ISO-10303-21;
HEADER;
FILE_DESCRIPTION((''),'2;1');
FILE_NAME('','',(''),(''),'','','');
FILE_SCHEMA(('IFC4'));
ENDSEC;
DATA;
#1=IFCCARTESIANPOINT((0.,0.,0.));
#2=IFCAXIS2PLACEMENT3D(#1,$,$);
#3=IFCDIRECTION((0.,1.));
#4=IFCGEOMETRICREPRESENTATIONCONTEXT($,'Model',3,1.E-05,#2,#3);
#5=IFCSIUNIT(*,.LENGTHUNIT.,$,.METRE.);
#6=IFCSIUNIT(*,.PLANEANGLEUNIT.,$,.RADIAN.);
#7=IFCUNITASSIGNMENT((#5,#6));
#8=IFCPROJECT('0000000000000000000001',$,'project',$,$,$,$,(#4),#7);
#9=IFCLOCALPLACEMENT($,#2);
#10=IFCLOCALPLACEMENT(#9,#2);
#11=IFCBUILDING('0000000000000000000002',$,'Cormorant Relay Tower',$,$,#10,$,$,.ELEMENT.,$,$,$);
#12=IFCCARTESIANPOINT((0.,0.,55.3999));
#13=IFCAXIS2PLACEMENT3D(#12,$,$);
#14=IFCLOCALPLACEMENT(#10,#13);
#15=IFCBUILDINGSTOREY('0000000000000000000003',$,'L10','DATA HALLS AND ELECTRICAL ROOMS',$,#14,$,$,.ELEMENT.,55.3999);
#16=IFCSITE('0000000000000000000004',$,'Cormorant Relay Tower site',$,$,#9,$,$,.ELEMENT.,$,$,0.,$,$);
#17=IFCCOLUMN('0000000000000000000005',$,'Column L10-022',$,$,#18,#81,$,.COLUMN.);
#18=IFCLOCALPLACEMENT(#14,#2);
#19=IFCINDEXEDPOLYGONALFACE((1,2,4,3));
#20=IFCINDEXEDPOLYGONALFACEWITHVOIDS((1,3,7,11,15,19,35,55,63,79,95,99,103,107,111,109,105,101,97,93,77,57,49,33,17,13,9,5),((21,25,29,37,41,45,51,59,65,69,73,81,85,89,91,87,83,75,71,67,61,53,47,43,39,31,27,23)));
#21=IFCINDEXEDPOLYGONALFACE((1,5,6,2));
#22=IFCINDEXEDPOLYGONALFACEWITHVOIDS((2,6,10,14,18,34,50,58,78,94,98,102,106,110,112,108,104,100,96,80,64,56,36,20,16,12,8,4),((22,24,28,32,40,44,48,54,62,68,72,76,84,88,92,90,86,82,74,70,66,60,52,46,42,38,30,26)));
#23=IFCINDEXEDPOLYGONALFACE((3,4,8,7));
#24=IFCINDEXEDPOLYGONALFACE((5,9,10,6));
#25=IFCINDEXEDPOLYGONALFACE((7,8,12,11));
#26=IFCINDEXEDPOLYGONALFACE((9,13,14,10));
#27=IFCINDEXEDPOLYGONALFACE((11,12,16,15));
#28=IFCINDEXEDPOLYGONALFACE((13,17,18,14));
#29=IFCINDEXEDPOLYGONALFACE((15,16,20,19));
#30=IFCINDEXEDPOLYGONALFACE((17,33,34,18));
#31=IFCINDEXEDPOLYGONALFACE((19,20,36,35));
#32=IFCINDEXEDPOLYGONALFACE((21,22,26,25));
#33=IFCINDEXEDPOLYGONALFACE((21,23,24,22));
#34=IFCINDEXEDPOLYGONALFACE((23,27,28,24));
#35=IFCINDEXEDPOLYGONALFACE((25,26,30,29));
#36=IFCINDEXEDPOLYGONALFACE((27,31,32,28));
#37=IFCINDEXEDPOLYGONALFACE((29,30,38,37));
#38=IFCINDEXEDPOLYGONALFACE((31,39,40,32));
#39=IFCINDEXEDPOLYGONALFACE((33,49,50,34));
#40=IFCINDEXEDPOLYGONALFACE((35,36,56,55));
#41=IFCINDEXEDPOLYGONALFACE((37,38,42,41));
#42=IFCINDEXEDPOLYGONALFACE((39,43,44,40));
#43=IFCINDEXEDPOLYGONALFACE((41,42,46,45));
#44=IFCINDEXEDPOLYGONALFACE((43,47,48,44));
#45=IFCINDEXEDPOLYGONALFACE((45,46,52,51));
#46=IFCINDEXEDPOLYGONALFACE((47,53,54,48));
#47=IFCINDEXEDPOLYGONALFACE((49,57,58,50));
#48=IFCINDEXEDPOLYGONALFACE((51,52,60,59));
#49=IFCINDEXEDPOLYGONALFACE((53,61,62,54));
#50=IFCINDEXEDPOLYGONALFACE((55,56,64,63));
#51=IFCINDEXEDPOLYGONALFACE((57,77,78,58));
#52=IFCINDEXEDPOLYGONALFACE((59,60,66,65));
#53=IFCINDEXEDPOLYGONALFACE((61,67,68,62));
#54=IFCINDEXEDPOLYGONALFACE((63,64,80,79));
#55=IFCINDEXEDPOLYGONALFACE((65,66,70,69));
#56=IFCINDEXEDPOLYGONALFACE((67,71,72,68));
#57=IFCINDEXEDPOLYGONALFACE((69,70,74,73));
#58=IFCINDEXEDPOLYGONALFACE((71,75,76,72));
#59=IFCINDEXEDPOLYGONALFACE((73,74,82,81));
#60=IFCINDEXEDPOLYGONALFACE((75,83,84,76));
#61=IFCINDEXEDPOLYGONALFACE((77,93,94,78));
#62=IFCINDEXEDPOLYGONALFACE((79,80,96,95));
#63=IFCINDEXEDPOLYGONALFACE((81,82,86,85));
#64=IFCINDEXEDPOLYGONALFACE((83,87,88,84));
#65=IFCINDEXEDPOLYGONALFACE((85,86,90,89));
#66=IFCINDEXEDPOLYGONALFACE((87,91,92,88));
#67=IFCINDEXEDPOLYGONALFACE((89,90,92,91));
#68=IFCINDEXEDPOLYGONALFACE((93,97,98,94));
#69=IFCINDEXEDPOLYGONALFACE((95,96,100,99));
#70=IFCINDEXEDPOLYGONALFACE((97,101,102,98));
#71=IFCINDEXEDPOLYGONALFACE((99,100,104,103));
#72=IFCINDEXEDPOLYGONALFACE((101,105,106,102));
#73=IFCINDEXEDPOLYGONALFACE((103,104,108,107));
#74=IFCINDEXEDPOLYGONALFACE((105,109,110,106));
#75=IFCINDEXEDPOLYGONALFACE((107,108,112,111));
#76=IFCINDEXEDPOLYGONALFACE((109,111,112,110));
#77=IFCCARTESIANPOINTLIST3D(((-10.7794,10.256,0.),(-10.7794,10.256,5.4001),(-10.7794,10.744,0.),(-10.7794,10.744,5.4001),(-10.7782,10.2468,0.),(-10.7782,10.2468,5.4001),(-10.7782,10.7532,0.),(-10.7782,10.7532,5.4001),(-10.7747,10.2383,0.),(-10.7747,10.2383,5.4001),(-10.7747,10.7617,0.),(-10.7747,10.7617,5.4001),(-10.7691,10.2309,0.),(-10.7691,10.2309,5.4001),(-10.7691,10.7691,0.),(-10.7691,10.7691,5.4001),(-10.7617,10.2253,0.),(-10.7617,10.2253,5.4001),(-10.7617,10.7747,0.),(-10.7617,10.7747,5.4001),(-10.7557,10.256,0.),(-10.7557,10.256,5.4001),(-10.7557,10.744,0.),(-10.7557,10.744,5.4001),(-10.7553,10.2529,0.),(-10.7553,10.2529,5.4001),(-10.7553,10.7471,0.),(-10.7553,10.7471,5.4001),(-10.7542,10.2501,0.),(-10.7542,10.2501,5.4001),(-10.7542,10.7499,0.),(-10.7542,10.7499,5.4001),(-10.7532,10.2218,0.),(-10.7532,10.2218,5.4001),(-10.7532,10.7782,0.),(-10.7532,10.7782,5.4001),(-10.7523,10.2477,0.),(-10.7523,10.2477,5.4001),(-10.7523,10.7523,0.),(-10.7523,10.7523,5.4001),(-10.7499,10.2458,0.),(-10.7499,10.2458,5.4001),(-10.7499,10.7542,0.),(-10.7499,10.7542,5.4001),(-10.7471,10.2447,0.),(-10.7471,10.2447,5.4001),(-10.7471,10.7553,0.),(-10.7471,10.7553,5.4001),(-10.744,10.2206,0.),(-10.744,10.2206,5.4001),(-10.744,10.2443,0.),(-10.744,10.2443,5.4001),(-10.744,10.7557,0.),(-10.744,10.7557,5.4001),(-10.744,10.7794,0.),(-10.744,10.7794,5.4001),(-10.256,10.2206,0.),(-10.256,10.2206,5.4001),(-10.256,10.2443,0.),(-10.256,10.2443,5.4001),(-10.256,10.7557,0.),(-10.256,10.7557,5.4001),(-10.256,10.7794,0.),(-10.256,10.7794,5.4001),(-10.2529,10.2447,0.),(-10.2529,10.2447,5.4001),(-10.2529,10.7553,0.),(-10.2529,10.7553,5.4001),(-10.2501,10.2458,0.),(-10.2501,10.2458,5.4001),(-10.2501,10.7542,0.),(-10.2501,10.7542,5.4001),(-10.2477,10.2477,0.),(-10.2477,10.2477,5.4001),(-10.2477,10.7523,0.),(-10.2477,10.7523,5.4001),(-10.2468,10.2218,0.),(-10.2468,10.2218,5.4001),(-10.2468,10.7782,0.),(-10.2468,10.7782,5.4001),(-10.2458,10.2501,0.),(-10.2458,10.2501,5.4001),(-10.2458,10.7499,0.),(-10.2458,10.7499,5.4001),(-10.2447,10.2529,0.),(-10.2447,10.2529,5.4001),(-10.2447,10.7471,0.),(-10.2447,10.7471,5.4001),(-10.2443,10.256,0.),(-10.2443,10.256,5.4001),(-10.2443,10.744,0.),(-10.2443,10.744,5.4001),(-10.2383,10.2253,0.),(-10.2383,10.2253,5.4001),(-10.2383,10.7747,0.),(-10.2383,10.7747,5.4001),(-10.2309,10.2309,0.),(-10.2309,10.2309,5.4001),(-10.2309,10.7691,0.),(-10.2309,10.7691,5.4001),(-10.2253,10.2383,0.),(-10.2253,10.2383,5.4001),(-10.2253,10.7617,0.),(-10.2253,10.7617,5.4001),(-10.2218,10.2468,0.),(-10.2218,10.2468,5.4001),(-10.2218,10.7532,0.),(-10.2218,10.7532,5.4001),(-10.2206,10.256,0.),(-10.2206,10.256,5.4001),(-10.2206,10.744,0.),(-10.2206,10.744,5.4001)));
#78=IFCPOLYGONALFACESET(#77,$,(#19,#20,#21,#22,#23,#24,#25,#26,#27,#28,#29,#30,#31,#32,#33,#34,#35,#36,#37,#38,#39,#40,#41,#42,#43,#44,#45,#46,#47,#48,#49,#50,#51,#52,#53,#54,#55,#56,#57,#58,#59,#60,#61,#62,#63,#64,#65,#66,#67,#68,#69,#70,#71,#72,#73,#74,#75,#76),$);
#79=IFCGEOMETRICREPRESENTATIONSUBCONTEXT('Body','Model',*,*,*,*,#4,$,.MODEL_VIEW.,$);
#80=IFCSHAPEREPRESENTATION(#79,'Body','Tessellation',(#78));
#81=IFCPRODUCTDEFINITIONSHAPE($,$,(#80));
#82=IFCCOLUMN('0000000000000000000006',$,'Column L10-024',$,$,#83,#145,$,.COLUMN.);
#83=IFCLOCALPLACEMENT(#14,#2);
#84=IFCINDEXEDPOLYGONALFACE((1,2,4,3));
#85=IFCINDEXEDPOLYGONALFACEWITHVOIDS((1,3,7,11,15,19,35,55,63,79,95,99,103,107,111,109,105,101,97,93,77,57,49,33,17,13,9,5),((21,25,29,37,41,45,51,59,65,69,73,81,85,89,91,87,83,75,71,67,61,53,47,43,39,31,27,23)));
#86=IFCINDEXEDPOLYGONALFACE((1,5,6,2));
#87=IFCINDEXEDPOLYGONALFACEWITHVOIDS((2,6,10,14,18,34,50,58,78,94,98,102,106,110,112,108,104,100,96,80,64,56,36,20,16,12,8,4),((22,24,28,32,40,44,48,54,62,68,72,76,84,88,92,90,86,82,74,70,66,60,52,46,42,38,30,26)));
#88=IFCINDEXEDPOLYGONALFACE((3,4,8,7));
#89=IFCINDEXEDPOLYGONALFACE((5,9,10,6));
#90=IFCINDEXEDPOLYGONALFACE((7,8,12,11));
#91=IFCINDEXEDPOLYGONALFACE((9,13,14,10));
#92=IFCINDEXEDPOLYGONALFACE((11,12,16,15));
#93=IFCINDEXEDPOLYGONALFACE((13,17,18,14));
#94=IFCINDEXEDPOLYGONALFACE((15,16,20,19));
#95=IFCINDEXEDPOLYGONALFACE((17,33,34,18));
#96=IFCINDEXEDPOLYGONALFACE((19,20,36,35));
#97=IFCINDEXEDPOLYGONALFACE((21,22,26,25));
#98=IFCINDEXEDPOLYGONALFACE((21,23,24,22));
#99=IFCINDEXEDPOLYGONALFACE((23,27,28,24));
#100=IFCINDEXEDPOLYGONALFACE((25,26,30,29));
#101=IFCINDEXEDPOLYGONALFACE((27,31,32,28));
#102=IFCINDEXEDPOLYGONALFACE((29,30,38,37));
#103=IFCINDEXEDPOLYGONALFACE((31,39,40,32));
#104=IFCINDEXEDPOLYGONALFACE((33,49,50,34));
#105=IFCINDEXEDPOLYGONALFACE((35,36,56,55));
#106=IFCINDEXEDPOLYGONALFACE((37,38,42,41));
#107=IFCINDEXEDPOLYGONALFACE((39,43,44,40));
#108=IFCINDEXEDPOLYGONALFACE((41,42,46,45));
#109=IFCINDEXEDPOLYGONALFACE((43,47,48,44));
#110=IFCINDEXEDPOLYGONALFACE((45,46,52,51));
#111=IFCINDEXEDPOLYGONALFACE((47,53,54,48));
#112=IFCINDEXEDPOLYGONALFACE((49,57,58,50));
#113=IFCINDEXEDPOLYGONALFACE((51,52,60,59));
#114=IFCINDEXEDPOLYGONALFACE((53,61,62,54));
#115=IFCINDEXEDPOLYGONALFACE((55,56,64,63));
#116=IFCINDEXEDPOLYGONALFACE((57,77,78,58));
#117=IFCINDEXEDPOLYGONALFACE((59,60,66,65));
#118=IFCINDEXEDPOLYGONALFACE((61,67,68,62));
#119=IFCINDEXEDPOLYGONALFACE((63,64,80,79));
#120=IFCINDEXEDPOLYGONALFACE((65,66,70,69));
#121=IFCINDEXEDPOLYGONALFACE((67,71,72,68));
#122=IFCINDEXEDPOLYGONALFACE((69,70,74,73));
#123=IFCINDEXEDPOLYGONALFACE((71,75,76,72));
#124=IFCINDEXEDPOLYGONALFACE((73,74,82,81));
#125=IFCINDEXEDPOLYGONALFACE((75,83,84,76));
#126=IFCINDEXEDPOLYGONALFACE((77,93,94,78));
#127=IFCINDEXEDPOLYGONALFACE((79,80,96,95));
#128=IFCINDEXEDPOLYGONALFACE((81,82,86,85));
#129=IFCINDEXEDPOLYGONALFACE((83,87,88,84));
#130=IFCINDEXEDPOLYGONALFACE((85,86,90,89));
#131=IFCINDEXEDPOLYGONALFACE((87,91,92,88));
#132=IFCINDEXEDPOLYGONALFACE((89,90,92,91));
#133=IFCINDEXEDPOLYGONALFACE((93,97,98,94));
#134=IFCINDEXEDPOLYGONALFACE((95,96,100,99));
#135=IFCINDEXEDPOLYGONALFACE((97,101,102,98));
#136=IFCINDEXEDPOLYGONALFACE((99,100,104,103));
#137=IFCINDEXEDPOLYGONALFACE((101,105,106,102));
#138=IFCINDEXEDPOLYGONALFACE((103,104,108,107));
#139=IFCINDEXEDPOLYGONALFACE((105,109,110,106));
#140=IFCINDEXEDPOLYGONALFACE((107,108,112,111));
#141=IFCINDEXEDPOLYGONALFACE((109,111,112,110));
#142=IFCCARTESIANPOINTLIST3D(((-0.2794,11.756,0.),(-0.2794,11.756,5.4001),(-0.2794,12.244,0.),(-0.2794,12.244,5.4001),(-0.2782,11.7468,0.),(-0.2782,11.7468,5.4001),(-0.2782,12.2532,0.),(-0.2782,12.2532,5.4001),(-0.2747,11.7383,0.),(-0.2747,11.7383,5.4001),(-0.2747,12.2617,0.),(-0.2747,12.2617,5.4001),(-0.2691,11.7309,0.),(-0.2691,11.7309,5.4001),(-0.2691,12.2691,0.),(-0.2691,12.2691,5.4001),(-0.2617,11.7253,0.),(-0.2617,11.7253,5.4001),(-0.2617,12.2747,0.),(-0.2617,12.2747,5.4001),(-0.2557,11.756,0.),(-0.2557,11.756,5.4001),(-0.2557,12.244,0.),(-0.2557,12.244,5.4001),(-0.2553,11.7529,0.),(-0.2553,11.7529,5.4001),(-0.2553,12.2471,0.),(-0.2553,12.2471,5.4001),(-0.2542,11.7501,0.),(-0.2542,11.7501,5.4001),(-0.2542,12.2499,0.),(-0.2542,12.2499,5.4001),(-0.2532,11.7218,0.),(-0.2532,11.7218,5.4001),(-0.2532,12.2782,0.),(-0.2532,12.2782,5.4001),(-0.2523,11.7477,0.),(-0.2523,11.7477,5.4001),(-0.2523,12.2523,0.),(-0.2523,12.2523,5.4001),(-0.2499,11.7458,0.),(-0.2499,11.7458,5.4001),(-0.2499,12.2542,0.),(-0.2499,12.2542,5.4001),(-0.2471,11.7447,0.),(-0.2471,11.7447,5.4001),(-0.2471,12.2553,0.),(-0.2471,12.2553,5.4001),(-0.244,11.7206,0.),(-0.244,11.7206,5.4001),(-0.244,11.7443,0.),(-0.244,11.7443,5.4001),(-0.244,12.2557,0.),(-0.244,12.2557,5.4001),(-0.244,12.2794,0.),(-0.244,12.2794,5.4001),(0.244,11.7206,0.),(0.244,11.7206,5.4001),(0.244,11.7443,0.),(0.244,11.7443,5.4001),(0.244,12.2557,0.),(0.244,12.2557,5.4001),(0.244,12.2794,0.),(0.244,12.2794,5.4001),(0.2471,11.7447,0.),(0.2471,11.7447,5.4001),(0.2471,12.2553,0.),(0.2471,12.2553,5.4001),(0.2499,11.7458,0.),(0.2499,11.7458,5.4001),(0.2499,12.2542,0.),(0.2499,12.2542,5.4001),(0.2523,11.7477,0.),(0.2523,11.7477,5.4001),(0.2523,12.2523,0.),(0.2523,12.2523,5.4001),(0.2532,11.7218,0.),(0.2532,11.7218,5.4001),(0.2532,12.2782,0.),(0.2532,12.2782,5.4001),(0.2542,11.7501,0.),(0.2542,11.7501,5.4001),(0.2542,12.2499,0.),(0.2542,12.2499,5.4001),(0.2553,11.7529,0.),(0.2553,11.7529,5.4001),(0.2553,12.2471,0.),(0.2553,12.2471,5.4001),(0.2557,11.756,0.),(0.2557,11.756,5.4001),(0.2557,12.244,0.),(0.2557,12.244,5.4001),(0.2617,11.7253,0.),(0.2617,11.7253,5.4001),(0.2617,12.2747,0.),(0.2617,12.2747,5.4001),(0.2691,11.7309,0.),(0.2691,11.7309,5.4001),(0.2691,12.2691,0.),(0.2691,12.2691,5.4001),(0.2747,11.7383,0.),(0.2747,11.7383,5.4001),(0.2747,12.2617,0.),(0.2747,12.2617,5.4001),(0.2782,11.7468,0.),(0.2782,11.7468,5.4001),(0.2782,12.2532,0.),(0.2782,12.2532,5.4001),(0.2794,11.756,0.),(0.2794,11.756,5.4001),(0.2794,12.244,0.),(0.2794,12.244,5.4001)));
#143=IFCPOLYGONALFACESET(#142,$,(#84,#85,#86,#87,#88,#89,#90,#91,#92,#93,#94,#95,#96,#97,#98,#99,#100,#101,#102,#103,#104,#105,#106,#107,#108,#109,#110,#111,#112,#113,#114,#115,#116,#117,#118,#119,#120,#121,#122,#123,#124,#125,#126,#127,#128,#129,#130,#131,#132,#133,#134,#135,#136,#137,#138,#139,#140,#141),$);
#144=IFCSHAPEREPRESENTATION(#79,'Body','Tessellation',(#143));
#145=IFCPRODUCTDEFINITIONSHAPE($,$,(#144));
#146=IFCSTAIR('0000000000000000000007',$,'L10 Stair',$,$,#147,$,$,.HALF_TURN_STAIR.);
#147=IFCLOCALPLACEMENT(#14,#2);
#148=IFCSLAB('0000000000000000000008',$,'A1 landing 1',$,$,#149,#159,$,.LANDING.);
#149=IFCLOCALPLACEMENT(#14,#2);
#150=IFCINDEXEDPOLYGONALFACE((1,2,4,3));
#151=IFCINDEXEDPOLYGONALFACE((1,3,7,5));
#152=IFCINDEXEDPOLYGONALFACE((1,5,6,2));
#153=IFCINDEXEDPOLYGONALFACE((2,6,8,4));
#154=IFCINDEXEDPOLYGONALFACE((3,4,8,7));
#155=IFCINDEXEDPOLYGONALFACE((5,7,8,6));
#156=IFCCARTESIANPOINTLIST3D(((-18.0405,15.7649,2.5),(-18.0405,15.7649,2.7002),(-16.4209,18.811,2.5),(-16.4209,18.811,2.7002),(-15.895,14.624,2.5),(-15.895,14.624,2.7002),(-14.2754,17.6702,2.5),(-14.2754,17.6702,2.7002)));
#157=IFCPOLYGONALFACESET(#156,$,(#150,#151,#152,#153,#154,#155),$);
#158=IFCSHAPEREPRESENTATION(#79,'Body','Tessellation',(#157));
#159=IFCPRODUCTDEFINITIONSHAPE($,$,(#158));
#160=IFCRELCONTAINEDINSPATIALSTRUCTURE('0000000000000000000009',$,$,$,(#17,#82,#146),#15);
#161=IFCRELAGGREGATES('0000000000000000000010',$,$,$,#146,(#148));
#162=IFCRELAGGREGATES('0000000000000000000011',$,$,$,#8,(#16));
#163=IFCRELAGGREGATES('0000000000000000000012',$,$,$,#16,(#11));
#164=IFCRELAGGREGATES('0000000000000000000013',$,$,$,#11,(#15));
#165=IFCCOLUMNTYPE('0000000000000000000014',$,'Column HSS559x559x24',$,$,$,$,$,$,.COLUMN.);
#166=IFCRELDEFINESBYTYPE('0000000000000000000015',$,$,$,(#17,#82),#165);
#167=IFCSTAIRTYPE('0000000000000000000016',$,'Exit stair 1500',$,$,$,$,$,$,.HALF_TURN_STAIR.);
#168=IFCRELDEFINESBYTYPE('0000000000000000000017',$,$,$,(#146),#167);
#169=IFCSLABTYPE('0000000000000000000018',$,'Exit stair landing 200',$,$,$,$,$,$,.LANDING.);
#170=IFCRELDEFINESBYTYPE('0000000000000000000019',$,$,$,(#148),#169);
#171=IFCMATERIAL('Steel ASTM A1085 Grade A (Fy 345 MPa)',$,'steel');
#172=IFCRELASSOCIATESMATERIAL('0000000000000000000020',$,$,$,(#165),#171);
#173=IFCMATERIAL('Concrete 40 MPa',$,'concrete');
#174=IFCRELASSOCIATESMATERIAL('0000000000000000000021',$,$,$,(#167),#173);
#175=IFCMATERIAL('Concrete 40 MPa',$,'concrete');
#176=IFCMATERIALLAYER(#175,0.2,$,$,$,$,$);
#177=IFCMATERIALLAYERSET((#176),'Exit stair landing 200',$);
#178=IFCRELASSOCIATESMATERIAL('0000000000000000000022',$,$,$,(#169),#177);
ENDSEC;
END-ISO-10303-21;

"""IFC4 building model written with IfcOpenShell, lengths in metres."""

from ifc_helpers import new_model, si_unit, direction, frame, origin, origin_2d, place, context, subcontext, project, spatial, polyline, hollow_rectangle, outline, extrude, material, layer, layer_set, material_profile, profile_set, type_object, element, aggregate, save


model = new_model("IFC4")

# Units and contexts
model_context = context("Model", 3, precision=1e-05, world=origin(), true_north=direction((0.0, 1.0)))
body_context = subcontext(model_context, "Body", "Model", "MODEL_VIEW")
ifc_project = project(units=[si_unit("LENGTHUNIT", "METRE"), si_unit("PLANEANGLEUNIT", "RADIAN")], contexts=[model_context])

# Site, building, storey
site_placement = place(None, origin())
site = spatial("IfcSite", under=ifc_project, at=site_placement, Name="Cormorant Relay Tower site", CompositionType="ELEMENT", RefElevation=0.0)
building_placement = place(site_placement, origin())
building = spatial("IfcBuilding", under=site, at=building_placement, Name="Cormorant Relay Tower", CompositionType="ELEMENT")
storey_placement = place(building_placement, frame((0.0, 0.0, 55.3999)))
storey = spatial("IfcBuildingStorey", under=building, at=storey_placement, Name="L10", Description="DATA HALLS AND ELECTRICAL ROOMS", CompositionType="ELEMENT", Elevation=55.3999)

# Columns
ifc_material_1 = material(Name="Steel ASTM A1085 Grade A (Fy 345 MPa)", Category="steel")
ifc_material_profile = material_profile(ifc_material_1, hollow_rectangle(XDim=0.5588, YDim=0.5588, WallThickness=0.0237, InnerFilletRadius=0.0117, OuterFilletRadius=0.0354, at=origin_2d()), Name="HSS559x559x24")
ifc_profile_set = profile_set([ifc_material_profile], Name="Steel ASTM A1085 Grade A (Fy 345 MPa)")
column_type = type_object("IfcColumnType", Name="Column HSS559x559x24", PredefinedType="COLUMN", material=ifc_profile_set)
for number, where, z_axis, x_axis, name in (
    (1, (-10.5, 10.5, 0.0), (0.0, 0.0, 1.0), (1.0, 0.0, 0.0), "Column L10-022"),
    (2, (0.0, 12.0, 0.0), (0.0, 0.0, 1.0), (1.0, 0.0, 0.0), "Column L10-024"),
):
    element("IfcColumn", number, at=place(storey_placement, frame(where, z_axis=z_axis, x_axis=x_axis)), inside=storey, type_object=column_type, Name=name, PredefinedType="COLUMN", context=body_context, shape_type="SweptSolid", body=[
        extrude(hollow_rectangle(XDim=0.5588, YDim=0.5588, WallThickness=0.0237, InnerFilletRadius=0.0117, OuterFilletRadius=0.0354, at=origin_2d()), origin(), (0.0, 0.0, 1.0), 5.4001),
    ])

# Stair, slab
ifc_material_2 = material(Name="Concrete 40 MPa", Category="concrete")
stair_type = type_object("IfcStairType", Name="Exit stair 1500", PredefinedType="HALF_TURN_STAIR", material=ifc_material_2)
stair_placement = place(storey_placement, origin())
stair = element("IfcStair", 3, at=stair_placement, inside=storey, type_object=stair_type, Name="L10 Stair", PredefinedType="HALF_TURN_STAIR")
ifc_material_3 = material(Name="Concrete 40 MPa", Category="concrete")
ifc_layer_1 = layer(ifc_material_3, 0.2)
ifc_layer_set_1 = layer_set([ifc_layer_1], Name="Exit stair landing 200")
slab_type_1 = type_object("IfcSlabType", Name="Exit stair landing 200", PredefinedType="LANDING", material=ifc_layer_set_1)
slab_1_placement = place(storey_placement, frame((0.0, 0.0, 2.5)))
slab_1 = element("IfcSlab", 4, at=slab_1_placement, type_object=slab_type_1, Name="A1 landing 1", PredefinedType="LANDING", context=body_context, shape_type="SweptSolid", body=[
    extrude(outline(polyline([(-18.0405, 15.7649), (-15.895, 14.624), (-14.2754, 17.6702), (-16.4209, 18.811), (-18.0405, 15.7649)])), origin(), (0.0, 0.0, 1.0), 0.2002),
])
aggregate(stair, [slab_1])

save(model, "model.ifc")
